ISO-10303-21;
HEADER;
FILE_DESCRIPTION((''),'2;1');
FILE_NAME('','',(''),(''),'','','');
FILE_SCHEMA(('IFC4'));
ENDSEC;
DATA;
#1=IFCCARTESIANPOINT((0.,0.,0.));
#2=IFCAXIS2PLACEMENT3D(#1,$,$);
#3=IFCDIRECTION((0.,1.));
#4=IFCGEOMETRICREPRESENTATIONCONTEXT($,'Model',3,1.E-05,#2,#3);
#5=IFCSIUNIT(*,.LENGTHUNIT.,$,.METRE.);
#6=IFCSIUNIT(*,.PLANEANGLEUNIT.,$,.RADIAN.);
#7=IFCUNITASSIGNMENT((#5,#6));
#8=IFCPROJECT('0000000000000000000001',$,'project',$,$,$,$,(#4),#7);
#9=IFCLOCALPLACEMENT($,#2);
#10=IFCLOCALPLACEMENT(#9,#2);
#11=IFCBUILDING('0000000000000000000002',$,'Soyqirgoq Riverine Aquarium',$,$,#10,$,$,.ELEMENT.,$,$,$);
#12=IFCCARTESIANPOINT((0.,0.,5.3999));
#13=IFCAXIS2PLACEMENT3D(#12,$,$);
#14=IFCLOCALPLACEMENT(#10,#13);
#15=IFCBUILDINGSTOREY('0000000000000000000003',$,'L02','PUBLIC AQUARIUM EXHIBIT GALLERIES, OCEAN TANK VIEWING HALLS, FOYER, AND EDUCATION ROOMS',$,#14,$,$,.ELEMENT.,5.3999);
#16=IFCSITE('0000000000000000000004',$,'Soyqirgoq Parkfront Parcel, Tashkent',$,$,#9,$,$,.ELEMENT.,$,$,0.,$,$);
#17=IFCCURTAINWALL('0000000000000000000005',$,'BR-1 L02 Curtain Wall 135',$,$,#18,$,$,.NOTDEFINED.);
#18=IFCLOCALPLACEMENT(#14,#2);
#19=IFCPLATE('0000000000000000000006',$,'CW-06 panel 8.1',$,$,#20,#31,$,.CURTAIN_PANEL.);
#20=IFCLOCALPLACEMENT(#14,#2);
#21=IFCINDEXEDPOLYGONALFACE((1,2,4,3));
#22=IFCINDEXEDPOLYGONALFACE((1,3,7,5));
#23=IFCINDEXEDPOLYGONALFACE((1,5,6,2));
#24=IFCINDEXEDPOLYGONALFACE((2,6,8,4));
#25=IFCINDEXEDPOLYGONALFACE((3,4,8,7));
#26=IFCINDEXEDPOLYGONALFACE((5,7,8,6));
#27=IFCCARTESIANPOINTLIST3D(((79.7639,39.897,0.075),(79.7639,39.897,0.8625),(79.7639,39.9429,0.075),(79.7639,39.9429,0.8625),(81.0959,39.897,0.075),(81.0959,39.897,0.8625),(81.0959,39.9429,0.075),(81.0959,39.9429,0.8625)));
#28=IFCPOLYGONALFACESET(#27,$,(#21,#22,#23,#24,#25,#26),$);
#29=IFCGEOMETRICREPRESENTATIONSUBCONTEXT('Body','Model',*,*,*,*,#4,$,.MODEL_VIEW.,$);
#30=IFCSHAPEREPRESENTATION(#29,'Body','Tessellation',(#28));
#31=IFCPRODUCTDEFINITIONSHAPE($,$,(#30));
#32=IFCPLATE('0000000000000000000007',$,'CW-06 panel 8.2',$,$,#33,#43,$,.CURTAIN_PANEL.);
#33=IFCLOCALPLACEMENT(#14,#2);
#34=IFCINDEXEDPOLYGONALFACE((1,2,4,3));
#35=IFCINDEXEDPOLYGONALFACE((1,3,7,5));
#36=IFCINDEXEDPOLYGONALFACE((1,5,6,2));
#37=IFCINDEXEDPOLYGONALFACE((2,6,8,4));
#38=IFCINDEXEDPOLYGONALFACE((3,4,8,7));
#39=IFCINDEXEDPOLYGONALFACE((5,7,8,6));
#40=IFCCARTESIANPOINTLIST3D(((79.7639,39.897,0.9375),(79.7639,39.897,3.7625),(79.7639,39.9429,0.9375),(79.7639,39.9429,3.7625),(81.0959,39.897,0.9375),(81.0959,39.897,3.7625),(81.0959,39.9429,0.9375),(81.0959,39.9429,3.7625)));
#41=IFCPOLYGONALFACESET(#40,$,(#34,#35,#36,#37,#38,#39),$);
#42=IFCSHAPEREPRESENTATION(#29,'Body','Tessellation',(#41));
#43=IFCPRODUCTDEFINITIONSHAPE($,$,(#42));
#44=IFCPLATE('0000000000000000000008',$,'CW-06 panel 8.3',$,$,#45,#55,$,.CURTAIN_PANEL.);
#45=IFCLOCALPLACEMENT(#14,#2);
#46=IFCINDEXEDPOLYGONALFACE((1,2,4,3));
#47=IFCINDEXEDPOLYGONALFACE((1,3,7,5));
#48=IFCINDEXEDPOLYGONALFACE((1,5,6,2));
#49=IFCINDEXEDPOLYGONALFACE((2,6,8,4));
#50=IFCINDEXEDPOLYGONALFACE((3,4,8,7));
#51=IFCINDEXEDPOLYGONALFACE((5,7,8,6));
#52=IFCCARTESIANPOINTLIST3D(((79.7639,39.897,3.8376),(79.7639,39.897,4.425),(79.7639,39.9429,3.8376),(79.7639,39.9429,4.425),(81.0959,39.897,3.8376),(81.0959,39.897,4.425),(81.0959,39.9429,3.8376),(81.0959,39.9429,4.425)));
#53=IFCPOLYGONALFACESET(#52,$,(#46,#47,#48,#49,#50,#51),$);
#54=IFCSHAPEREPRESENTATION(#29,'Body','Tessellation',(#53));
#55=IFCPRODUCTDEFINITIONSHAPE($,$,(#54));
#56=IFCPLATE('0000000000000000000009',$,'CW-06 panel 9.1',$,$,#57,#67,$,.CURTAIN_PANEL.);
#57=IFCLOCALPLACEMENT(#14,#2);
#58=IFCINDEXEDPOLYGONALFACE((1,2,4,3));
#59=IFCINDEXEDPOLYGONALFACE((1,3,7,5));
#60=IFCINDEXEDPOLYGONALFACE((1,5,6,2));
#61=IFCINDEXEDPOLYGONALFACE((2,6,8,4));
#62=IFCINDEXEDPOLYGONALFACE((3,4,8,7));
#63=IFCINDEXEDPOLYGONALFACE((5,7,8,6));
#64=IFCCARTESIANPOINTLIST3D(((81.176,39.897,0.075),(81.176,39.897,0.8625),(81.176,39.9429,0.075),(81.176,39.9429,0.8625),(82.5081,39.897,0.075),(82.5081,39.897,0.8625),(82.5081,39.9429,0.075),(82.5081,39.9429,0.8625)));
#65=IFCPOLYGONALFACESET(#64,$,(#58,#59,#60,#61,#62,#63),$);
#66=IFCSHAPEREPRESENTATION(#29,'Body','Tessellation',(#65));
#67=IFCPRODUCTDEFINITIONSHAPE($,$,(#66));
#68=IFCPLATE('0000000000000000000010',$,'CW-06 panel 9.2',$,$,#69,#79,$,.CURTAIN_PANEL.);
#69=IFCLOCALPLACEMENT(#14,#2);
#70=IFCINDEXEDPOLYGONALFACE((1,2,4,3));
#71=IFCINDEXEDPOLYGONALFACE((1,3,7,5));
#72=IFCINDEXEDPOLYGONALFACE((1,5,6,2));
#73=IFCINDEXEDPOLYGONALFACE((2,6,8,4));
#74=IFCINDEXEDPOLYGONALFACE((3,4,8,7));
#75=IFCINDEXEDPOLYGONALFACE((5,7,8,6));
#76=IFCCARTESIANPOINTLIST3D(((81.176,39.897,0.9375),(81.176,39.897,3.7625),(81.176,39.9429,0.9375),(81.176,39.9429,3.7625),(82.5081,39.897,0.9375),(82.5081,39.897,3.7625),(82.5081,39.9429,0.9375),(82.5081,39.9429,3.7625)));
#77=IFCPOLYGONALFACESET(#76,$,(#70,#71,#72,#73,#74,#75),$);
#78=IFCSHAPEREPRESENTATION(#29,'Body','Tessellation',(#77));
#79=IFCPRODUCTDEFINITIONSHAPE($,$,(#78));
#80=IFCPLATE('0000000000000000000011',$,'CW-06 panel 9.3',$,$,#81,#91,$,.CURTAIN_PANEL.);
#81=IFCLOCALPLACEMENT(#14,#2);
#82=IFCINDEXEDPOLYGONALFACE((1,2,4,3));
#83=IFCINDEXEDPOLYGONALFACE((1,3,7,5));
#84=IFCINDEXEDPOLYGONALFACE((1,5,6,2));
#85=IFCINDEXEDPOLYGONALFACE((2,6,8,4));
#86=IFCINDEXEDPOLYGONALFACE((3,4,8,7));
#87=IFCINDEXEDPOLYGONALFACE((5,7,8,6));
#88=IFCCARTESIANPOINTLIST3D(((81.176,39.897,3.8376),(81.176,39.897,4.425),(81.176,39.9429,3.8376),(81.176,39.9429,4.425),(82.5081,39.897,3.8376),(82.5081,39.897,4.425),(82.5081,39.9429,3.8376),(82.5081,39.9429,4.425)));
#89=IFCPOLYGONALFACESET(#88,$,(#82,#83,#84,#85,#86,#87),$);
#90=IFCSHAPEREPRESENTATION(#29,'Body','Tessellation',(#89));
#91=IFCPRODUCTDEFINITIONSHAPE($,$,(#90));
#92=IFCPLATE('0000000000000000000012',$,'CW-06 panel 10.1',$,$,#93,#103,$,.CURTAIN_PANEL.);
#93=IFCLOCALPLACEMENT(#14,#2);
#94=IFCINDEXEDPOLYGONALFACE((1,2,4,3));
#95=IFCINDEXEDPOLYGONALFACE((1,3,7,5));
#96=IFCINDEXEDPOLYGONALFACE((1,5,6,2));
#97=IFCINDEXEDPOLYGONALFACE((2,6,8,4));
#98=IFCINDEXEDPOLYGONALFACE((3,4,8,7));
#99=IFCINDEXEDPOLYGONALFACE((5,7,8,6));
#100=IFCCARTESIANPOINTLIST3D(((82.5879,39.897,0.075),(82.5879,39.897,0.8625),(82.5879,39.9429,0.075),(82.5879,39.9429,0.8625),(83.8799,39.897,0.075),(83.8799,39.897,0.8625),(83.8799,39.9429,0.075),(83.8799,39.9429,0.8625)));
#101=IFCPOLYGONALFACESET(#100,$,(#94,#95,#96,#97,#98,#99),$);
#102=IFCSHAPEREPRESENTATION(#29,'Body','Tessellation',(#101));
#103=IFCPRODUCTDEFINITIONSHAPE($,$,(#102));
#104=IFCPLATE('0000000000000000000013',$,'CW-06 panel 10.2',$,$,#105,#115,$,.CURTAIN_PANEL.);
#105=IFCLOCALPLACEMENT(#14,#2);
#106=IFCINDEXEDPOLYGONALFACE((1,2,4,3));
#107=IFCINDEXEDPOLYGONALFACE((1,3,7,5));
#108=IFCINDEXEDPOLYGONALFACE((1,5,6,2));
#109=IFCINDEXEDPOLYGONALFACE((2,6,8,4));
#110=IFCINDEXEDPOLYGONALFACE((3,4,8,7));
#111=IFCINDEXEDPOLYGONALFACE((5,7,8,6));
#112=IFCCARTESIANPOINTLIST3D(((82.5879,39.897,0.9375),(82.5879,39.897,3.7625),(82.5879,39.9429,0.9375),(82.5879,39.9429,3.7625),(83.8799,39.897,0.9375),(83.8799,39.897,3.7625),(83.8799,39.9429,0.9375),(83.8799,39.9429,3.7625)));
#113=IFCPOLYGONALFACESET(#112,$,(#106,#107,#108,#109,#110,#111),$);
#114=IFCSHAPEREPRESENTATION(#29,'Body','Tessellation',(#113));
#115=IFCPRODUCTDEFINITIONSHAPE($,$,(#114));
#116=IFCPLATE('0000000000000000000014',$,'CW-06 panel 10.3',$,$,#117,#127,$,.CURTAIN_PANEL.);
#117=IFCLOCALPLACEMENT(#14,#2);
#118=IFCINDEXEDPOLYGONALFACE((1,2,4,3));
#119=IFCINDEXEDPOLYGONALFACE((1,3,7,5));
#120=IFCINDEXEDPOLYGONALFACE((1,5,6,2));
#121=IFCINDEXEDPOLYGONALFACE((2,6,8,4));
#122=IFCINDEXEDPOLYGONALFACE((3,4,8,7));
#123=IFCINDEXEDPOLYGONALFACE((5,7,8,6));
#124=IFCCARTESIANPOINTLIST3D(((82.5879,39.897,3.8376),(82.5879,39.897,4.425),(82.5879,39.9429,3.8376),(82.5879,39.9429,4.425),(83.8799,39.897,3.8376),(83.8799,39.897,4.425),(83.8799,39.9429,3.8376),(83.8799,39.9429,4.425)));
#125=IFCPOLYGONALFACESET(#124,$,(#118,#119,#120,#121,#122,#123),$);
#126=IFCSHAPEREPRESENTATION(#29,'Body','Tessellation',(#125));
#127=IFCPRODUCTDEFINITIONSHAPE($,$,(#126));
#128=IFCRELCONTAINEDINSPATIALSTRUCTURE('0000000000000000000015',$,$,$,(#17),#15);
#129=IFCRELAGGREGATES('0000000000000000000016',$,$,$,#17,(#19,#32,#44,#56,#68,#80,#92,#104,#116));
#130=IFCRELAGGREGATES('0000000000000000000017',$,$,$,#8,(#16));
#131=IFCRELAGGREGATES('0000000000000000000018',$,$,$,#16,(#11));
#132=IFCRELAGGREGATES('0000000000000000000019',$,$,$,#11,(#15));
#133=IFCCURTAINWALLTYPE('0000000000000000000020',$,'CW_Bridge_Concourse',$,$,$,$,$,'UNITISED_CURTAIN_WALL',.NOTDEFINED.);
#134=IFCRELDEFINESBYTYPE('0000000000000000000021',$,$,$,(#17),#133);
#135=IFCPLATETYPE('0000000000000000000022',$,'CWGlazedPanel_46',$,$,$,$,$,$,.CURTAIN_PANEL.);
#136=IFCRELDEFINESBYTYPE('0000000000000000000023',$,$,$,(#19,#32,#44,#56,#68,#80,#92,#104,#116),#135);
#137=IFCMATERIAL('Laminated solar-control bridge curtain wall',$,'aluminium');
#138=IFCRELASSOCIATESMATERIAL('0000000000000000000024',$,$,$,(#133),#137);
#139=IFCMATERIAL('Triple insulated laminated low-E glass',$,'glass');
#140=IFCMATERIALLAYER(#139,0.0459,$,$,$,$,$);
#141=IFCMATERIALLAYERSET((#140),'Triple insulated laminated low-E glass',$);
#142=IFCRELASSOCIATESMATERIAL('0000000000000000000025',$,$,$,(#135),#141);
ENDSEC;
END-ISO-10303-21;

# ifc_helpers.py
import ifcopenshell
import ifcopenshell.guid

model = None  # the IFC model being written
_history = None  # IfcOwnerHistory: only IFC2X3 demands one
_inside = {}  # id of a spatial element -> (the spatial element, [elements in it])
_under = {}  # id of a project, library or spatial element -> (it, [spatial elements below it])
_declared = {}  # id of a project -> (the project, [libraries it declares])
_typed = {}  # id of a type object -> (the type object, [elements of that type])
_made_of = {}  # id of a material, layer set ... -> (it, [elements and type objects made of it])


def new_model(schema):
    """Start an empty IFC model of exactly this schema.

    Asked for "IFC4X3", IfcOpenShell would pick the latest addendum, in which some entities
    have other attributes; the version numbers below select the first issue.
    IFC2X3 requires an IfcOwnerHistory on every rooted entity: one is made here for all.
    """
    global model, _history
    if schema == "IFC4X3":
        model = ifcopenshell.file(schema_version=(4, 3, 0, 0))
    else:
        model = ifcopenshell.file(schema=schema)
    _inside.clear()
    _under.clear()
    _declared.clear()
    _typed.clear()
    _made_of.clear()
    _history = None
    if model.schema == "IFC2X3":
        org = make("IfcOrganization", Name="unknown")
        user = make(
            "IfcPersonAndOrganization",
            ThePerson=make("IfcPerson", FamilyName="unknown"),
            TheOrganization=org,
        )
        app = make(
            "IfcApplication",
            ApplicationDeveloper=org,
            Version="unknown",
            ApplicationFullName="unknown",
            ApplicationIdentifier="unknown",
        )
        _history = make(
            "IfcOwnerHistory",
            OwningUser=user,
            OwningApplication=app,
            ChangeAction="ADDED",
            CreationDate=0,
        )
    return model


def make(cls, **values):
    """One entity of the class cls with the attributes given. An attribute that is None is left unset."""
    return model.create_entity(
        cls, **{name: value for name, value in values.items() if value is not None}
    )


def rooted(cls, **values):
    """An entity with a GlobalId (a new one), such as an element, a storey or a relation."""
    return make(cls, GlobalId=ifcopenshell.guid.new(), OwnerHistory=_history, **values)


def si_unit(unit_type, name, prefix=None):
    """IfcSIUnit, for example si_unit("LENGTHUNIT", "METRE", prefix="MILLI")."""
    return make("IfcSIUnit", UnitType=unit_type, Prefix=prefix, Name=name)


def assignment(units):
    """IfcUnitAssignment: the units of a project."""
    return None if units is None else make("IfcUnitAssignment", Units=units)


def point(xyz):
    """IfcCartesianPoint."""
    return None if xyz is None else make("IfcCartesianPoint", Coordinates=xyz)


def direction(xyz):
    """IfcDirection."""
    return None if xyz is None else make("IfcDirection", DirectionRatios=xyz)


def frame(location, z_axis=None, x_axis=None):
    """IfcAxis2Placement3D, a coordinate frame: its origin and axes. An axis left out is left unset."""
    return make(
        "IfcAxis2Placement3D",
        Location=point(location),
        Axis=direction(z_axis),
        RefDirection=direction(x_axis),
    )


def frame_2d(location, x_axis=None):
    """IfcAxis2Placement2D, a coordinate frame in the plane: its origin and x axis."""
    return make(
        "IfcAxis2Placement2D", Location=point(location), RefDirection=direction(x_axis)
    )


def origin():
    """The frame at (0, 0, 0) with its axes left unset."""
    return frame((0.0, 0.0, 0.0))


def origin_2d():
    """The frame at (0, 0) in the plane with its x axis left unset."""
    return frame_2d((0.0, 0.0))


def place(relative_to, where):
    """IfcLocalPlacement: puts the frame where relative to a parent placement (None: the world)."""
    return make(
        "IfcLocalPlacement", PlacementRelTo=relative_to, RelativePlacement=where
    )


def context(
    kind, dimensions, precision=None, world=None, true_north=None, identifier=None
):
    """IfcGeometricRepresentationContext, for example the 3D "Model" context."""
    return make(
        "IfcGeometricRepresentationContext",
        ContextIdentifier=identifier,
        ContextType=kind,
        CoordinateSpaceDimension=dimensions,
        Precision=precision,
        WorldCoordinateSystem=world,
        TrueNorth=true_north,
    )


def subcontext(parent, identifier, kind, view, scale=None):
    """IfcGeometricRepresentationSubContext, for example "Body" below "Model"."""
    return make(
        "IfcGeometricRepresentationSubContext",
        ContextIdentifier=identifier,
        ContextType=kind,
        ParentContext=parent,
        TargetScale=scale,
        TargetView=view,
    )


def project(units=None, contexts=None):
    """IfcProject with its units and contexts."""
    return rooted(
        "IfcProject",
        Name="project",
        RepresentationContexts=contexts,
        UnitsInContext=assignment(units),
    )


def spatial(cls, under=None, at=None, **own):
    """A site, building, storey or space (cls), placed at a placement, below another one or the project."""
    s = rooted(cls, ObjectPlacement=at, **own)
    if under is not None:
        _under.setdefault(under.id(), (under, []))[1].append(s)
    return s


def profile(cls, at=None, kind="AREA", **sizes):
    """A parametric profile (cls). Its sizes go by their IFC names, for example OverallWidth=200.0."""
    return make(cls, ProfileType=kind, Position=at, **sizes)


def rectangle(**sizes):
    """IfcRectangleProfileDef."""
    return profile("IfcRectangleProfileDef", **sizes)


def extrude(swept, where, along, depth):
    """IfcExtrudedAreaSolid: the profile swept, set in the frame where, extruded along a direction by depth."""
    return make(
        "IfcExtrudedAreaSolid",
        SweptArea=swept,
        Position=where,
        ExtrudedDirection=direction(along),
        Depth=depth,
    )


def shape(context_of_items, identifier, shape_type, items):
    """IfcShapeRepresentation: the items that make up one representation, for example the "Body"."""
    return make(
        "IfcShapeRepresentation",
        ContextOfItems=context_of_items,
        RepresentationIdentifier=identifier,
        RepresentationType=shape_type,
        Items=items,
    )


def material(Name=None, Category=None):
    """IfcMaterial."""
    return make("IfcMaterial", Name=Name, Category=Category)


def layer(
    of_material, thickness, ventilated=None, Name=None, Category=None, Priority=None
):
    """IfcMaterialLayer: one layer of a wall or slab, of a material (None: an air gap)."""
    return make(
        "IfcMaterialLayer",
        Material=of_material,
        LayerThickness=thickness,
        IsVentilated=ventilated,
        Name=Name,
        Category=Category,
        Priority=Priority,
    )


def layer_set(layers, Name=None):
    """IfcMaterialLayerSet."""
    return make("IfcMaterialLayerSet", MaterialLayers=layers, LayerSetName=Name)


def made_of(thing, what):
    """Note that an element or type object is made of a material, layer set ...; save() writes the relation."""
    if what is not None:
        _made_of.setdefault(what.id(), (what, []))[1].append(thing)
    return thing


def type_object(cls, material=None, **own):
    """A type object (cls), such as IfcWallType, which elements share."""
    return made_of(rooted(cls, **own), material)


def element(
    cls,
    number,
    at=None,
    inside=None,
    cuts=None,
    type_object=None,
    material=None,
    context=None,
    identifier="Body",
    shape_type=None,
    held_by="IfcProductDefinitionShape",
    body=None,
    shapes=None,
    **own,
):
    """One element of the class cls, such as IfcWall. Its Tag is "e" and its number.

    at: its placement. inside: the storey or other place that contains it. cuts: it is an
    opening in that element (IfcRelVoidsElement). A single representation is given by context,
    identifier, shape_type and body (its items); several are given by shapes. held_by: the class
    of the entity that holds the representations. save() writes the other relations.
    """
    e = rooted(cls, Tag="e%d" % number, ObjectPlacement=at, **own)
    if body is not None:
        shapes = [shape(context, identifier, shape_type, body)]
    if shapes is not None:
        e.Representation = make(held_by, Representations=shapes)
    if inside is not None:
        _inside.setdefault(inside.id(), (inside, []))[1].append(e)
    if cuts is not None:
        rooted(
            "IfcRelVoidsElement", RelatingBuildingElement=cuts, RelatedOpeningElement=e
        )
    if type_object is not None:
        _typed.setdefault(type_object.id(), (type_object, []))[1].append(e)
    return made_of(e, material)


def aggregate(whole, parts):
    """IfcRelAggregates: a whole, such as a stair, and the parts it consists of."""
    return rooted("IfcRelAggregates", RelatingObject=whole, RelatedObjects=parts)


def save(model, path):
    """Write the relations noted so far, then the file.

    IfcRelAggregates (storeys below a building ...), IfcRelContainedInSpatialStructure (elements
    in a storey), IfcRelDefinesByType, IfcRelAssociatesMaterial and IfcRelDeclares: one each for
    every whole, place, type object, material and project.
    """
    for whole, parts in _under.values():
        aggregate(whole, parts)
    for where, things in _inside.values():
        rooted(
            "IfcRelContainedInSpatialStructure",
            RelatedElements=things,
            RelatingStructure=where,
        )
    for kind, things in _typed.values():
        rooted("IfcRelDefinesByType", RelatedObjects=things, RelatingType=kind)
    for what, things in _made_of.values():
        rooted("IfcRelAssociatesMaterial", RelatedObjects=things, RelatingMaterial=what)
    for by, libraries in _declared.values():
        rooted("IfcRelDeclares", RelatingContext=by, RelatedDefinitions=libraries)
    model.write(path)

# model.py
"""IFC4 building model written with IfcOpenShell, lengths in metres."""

from ifc_helpers import new_model, si_unit, direction, frame, origin, origin_2d, place, context, subcontext, project, spatial, rectangle, extrude, material, layer, layer_set, type_object, element, aggregate, save


model = new_model("IFC4")

# Units and contexts
model_context = context("Model", 3, precision=1e-05, world=origin(), true_north=direction((0.0, 1.0)))
body_context = subcontext(model_context, "Body", "Model", "MODEL_VIEW")
ifc_project = project(units=[si_unit("LENGTHUNIT", "METRE"), si_unit("PLANEANGLEUNIT", "RADIAN")], contexts=[model_context])

# Site, building, storey
site_placement = place(None, origin())
site = spatial("IfcSite", under=ifc_project, at=site_placement, Name="Soyqirgoq Parkfront Parcel, Tashkent", CompositionType="ELEMENT", RefElevation=0.0)
building_placement = place(site_placement, origin())
building = spatial("IfcBuilding", under=site, at=building_placement, Name="Soyqirgoq Riverine Aquarium", CompositionType="ELEMENT")
storey_placement = place(building_placement, frame((0.0, 0.0, 5.3999)))
storey = spatial("IfcBuildingStorey", under=building, at=storey_placement, Name="L02", Description="PUBLIC AQUARIUM EXHIBIT GALLERIES, OCEAN TANK VIEWING HALLS, FOYER, AND EDUCATION ROOMS", CompositionType="ELEMENT", Elevation=5.3999)

# Curtain wall
ifc_material_1 = material(Name="Laminated solar-control bridge curtain wall", Category="aluminium")
curtain_wall_type = type_object("IfcCurtainWallType", Name="CW_Bridge_Concourse", ElementType="UNITISED_CURTAIN_WALL", PredefinedType="NOTDEFINED", material=ifc_material_1)
curtain_wall_1_placement = place(storey_placement, origin())
curtain_wall_1 = element("IfcCurtainWall", 1, at=curtain_wall_1_placement, inside=storey, type_object=curtain_wall_type, Name="BR-1 L02 Curtain Wall 135", PredefinedType="NOTDEFINED")

# Plates
ifc_material_2 = material(Name="Triple insulated laminated low-E glass", Category="glass")
ifc_layer = layer(ifc_material_2, 0.0459)
ifc_layer_set = layer_set([ifc_layer], Name="Triple insulated laminated low-E glass")
plate_type = type_object("IfcPlateType", Name="CWGlazedPanel_46", PredefinedType="CURTAIN_PANEL", material=ifc_layer_set)
plate_1_placement = place(storey_placement, frame((80.4299, 39.9199, 0.075), z_axis=(0.0, 0.0, 1.0), x_axis=(1.0, 0.0, 0.0)))
plate_1 = element("IfcPlate", 2, at=plate_1_placement, type_object=plate_type, Name="CW-06 panel 8.1", PredefinedType="CURTAIN_PANEL", context=body_context, shape_type="SweptSolid", body=[
    extrude(rectangle(XDim=1.332, YDim=0.0459, at=origin_2d()), origin(), (0.0, 0.0, 1.0), 0.7876),
])
plate_2_placement = place(storey_placement, frame((80.4299, 39.9199, 0.9375), z_axis=(0.0, 0.0, 1.0), x_axis=(1.0, 0.0, 0.0)))
plate_2 = element("IfcPlate", 3, at=plate_2_placement, type_object=plate_type, Name="CW-06 panel 8.2", PredefinedType="CURTAIN_PANEL", context=body_context, shape_type="SweptSolid", body=[
    extrude(rectangle(XDim=1.332, YDim=0.0459, at=origin_2d()), origin(), (0.0, 0.0, 1.0), 2.825),
])
plate_3_placement = place(storey_placement, frame((80.4299, 39.9199, 3.8376), z_axis=(0.0, 0.0, 1.0), x_axis=(1.0, 0.0, 0.0)))
plate_3 = element("IfcPlate", 4, at=plate_3_placement, type_object=plate_type, Name="CW-06 panel 8.3", PredefinedType="CURTAIN_PANEL", context=body_context, shape_type="SweptSolid", body=[
    extrude(rectangle(XDim=1.332, YDim=0.0459, at=origin_2d()), origin(), (0.0, 0.0, 1.0), 0.5874),
])
plate_4_placement = place(storey_placement, frame((81.842, 39.9199, 0.075), z_axis=(0.0, 0.0, 1.0), x_axis=(1.0, 0.0, 0.0)))
plate_4 = element("IfcPlate", 5, at=plate_4_placement, type_object=plate_type, Name="CW-06 panel 9.1", PredefinedType="CURTAIN_PANEL", context=body_context, shape_type="SweptSolid", body=[
    extrude(rectangle(XDim=1.332, YDim=0.0459, at=origin_2d()), origin(), (0.0, 0.0, 1.0), 0.7876),
])
plate_5_placement = place(storey_placement, frame((81.842, 39.9199, 0.9375), z_axis=(0.0, 0.0, 1.0), x_axis=(1.0, 0.0, 0.0)))
plate_5 = element("IfcPlate", 6, at=plate_5_placement, type_object=plate_type, Name="CW-06 panel 9.2", PredefinedType="CURTAIN_PANEL", context=body_context, shape_type="SweptSolid", body=[
    extrude(rectangle(XDim=1.332, YDim=0.0459, at=origin_2d()), origin(), (0.0, 0.0, 1.0), 2.825),
])
plate_6_placement = place(storey_placement, frame((81.842, 39.9199, 3.8376), z_axis=(0.0, 0.0, 1.0), x_axis=(1.0, 0.0, 0.0)))
plate_6 = element("IfcPlate", 7, at=plate_6_placement, type_object=plate_type, Name="CW-06 panel 9.3", PredefinedType="CURTAIN_PANEL", context=body_context, shape_type="SweptSolid", body=[
    extrude(rectangle(XDim=1.332, YDim=0.0459, at=origin_2d()), origin(), (0.0, 0.0, 1.0), 0.5874),
])
plate_7_placement = place(storey_placement, frame((83.2339, 39.9199, 0.075), z_axis=(0.0, 0.0, 1.0), x_axis=(1.0, 0.0, 0.0)))
plate_7 = element("IfcPlate", 8, at=plate_7_placement, type_object=plate_type, Name="CW-06 panel 10.1", PredefinedType="CURTAIN_PANEL", context=body_context, shape_type="SweptSolid", body=[
    extrude(rectangle(XDim=1.292, YDim=0.0459, at=origin_2d()), origin(), (0.0, 0.0, 1.0), 0.7876),
])
plate_8_placement = place(storey_placement, frame((83.2339, 39.9199, 0.9375), z_axis=(0.0, 0.0, 1.0), x_axis=(1.0, 0.0, 0.0)))
plate_8 = element("IfcPlate", 9, at=plate_8_placement, type_object=plate_type, Name="CW-06 panel 10.2", PredefinedType="CURTAIN_PANEL", context=body_context, shape_type="SweptSolid", body=[
    extrude(rectangle(XDim=1.292, YDim=0.0459, at=origin_2d()), origin(), (0.0, 0.0, 1.0), 2.825),
])
plate_9_placement = place(storey_placement, frame((83.2339, 39.9199, 3.8376), z_axis=(0.0, 0.0, 1.0), x_axis=(1.0, 0.0, 0.0)))
plate_9 = element("IfcPlate", 10, at=plate_9_placement, type_object=plate_type, Name="CW-06 panel 10.3", PredefinedType="CURTAIN_PANEL", context=body_context, shape_type="SweptSolid", body=[
    extrude(rectangle(XDim=1.292, YDim=0.0459, at=origin_2d()), origin(), (0.0, 0.0, 1.0), 0.5874),
])
aggregate(curtain_wall_1, [plate_1, plate_2, plate_3, plate_4, plate_5, plate_6, plate_7, plate_8, plate_9])

save(model, "model.ifc")
